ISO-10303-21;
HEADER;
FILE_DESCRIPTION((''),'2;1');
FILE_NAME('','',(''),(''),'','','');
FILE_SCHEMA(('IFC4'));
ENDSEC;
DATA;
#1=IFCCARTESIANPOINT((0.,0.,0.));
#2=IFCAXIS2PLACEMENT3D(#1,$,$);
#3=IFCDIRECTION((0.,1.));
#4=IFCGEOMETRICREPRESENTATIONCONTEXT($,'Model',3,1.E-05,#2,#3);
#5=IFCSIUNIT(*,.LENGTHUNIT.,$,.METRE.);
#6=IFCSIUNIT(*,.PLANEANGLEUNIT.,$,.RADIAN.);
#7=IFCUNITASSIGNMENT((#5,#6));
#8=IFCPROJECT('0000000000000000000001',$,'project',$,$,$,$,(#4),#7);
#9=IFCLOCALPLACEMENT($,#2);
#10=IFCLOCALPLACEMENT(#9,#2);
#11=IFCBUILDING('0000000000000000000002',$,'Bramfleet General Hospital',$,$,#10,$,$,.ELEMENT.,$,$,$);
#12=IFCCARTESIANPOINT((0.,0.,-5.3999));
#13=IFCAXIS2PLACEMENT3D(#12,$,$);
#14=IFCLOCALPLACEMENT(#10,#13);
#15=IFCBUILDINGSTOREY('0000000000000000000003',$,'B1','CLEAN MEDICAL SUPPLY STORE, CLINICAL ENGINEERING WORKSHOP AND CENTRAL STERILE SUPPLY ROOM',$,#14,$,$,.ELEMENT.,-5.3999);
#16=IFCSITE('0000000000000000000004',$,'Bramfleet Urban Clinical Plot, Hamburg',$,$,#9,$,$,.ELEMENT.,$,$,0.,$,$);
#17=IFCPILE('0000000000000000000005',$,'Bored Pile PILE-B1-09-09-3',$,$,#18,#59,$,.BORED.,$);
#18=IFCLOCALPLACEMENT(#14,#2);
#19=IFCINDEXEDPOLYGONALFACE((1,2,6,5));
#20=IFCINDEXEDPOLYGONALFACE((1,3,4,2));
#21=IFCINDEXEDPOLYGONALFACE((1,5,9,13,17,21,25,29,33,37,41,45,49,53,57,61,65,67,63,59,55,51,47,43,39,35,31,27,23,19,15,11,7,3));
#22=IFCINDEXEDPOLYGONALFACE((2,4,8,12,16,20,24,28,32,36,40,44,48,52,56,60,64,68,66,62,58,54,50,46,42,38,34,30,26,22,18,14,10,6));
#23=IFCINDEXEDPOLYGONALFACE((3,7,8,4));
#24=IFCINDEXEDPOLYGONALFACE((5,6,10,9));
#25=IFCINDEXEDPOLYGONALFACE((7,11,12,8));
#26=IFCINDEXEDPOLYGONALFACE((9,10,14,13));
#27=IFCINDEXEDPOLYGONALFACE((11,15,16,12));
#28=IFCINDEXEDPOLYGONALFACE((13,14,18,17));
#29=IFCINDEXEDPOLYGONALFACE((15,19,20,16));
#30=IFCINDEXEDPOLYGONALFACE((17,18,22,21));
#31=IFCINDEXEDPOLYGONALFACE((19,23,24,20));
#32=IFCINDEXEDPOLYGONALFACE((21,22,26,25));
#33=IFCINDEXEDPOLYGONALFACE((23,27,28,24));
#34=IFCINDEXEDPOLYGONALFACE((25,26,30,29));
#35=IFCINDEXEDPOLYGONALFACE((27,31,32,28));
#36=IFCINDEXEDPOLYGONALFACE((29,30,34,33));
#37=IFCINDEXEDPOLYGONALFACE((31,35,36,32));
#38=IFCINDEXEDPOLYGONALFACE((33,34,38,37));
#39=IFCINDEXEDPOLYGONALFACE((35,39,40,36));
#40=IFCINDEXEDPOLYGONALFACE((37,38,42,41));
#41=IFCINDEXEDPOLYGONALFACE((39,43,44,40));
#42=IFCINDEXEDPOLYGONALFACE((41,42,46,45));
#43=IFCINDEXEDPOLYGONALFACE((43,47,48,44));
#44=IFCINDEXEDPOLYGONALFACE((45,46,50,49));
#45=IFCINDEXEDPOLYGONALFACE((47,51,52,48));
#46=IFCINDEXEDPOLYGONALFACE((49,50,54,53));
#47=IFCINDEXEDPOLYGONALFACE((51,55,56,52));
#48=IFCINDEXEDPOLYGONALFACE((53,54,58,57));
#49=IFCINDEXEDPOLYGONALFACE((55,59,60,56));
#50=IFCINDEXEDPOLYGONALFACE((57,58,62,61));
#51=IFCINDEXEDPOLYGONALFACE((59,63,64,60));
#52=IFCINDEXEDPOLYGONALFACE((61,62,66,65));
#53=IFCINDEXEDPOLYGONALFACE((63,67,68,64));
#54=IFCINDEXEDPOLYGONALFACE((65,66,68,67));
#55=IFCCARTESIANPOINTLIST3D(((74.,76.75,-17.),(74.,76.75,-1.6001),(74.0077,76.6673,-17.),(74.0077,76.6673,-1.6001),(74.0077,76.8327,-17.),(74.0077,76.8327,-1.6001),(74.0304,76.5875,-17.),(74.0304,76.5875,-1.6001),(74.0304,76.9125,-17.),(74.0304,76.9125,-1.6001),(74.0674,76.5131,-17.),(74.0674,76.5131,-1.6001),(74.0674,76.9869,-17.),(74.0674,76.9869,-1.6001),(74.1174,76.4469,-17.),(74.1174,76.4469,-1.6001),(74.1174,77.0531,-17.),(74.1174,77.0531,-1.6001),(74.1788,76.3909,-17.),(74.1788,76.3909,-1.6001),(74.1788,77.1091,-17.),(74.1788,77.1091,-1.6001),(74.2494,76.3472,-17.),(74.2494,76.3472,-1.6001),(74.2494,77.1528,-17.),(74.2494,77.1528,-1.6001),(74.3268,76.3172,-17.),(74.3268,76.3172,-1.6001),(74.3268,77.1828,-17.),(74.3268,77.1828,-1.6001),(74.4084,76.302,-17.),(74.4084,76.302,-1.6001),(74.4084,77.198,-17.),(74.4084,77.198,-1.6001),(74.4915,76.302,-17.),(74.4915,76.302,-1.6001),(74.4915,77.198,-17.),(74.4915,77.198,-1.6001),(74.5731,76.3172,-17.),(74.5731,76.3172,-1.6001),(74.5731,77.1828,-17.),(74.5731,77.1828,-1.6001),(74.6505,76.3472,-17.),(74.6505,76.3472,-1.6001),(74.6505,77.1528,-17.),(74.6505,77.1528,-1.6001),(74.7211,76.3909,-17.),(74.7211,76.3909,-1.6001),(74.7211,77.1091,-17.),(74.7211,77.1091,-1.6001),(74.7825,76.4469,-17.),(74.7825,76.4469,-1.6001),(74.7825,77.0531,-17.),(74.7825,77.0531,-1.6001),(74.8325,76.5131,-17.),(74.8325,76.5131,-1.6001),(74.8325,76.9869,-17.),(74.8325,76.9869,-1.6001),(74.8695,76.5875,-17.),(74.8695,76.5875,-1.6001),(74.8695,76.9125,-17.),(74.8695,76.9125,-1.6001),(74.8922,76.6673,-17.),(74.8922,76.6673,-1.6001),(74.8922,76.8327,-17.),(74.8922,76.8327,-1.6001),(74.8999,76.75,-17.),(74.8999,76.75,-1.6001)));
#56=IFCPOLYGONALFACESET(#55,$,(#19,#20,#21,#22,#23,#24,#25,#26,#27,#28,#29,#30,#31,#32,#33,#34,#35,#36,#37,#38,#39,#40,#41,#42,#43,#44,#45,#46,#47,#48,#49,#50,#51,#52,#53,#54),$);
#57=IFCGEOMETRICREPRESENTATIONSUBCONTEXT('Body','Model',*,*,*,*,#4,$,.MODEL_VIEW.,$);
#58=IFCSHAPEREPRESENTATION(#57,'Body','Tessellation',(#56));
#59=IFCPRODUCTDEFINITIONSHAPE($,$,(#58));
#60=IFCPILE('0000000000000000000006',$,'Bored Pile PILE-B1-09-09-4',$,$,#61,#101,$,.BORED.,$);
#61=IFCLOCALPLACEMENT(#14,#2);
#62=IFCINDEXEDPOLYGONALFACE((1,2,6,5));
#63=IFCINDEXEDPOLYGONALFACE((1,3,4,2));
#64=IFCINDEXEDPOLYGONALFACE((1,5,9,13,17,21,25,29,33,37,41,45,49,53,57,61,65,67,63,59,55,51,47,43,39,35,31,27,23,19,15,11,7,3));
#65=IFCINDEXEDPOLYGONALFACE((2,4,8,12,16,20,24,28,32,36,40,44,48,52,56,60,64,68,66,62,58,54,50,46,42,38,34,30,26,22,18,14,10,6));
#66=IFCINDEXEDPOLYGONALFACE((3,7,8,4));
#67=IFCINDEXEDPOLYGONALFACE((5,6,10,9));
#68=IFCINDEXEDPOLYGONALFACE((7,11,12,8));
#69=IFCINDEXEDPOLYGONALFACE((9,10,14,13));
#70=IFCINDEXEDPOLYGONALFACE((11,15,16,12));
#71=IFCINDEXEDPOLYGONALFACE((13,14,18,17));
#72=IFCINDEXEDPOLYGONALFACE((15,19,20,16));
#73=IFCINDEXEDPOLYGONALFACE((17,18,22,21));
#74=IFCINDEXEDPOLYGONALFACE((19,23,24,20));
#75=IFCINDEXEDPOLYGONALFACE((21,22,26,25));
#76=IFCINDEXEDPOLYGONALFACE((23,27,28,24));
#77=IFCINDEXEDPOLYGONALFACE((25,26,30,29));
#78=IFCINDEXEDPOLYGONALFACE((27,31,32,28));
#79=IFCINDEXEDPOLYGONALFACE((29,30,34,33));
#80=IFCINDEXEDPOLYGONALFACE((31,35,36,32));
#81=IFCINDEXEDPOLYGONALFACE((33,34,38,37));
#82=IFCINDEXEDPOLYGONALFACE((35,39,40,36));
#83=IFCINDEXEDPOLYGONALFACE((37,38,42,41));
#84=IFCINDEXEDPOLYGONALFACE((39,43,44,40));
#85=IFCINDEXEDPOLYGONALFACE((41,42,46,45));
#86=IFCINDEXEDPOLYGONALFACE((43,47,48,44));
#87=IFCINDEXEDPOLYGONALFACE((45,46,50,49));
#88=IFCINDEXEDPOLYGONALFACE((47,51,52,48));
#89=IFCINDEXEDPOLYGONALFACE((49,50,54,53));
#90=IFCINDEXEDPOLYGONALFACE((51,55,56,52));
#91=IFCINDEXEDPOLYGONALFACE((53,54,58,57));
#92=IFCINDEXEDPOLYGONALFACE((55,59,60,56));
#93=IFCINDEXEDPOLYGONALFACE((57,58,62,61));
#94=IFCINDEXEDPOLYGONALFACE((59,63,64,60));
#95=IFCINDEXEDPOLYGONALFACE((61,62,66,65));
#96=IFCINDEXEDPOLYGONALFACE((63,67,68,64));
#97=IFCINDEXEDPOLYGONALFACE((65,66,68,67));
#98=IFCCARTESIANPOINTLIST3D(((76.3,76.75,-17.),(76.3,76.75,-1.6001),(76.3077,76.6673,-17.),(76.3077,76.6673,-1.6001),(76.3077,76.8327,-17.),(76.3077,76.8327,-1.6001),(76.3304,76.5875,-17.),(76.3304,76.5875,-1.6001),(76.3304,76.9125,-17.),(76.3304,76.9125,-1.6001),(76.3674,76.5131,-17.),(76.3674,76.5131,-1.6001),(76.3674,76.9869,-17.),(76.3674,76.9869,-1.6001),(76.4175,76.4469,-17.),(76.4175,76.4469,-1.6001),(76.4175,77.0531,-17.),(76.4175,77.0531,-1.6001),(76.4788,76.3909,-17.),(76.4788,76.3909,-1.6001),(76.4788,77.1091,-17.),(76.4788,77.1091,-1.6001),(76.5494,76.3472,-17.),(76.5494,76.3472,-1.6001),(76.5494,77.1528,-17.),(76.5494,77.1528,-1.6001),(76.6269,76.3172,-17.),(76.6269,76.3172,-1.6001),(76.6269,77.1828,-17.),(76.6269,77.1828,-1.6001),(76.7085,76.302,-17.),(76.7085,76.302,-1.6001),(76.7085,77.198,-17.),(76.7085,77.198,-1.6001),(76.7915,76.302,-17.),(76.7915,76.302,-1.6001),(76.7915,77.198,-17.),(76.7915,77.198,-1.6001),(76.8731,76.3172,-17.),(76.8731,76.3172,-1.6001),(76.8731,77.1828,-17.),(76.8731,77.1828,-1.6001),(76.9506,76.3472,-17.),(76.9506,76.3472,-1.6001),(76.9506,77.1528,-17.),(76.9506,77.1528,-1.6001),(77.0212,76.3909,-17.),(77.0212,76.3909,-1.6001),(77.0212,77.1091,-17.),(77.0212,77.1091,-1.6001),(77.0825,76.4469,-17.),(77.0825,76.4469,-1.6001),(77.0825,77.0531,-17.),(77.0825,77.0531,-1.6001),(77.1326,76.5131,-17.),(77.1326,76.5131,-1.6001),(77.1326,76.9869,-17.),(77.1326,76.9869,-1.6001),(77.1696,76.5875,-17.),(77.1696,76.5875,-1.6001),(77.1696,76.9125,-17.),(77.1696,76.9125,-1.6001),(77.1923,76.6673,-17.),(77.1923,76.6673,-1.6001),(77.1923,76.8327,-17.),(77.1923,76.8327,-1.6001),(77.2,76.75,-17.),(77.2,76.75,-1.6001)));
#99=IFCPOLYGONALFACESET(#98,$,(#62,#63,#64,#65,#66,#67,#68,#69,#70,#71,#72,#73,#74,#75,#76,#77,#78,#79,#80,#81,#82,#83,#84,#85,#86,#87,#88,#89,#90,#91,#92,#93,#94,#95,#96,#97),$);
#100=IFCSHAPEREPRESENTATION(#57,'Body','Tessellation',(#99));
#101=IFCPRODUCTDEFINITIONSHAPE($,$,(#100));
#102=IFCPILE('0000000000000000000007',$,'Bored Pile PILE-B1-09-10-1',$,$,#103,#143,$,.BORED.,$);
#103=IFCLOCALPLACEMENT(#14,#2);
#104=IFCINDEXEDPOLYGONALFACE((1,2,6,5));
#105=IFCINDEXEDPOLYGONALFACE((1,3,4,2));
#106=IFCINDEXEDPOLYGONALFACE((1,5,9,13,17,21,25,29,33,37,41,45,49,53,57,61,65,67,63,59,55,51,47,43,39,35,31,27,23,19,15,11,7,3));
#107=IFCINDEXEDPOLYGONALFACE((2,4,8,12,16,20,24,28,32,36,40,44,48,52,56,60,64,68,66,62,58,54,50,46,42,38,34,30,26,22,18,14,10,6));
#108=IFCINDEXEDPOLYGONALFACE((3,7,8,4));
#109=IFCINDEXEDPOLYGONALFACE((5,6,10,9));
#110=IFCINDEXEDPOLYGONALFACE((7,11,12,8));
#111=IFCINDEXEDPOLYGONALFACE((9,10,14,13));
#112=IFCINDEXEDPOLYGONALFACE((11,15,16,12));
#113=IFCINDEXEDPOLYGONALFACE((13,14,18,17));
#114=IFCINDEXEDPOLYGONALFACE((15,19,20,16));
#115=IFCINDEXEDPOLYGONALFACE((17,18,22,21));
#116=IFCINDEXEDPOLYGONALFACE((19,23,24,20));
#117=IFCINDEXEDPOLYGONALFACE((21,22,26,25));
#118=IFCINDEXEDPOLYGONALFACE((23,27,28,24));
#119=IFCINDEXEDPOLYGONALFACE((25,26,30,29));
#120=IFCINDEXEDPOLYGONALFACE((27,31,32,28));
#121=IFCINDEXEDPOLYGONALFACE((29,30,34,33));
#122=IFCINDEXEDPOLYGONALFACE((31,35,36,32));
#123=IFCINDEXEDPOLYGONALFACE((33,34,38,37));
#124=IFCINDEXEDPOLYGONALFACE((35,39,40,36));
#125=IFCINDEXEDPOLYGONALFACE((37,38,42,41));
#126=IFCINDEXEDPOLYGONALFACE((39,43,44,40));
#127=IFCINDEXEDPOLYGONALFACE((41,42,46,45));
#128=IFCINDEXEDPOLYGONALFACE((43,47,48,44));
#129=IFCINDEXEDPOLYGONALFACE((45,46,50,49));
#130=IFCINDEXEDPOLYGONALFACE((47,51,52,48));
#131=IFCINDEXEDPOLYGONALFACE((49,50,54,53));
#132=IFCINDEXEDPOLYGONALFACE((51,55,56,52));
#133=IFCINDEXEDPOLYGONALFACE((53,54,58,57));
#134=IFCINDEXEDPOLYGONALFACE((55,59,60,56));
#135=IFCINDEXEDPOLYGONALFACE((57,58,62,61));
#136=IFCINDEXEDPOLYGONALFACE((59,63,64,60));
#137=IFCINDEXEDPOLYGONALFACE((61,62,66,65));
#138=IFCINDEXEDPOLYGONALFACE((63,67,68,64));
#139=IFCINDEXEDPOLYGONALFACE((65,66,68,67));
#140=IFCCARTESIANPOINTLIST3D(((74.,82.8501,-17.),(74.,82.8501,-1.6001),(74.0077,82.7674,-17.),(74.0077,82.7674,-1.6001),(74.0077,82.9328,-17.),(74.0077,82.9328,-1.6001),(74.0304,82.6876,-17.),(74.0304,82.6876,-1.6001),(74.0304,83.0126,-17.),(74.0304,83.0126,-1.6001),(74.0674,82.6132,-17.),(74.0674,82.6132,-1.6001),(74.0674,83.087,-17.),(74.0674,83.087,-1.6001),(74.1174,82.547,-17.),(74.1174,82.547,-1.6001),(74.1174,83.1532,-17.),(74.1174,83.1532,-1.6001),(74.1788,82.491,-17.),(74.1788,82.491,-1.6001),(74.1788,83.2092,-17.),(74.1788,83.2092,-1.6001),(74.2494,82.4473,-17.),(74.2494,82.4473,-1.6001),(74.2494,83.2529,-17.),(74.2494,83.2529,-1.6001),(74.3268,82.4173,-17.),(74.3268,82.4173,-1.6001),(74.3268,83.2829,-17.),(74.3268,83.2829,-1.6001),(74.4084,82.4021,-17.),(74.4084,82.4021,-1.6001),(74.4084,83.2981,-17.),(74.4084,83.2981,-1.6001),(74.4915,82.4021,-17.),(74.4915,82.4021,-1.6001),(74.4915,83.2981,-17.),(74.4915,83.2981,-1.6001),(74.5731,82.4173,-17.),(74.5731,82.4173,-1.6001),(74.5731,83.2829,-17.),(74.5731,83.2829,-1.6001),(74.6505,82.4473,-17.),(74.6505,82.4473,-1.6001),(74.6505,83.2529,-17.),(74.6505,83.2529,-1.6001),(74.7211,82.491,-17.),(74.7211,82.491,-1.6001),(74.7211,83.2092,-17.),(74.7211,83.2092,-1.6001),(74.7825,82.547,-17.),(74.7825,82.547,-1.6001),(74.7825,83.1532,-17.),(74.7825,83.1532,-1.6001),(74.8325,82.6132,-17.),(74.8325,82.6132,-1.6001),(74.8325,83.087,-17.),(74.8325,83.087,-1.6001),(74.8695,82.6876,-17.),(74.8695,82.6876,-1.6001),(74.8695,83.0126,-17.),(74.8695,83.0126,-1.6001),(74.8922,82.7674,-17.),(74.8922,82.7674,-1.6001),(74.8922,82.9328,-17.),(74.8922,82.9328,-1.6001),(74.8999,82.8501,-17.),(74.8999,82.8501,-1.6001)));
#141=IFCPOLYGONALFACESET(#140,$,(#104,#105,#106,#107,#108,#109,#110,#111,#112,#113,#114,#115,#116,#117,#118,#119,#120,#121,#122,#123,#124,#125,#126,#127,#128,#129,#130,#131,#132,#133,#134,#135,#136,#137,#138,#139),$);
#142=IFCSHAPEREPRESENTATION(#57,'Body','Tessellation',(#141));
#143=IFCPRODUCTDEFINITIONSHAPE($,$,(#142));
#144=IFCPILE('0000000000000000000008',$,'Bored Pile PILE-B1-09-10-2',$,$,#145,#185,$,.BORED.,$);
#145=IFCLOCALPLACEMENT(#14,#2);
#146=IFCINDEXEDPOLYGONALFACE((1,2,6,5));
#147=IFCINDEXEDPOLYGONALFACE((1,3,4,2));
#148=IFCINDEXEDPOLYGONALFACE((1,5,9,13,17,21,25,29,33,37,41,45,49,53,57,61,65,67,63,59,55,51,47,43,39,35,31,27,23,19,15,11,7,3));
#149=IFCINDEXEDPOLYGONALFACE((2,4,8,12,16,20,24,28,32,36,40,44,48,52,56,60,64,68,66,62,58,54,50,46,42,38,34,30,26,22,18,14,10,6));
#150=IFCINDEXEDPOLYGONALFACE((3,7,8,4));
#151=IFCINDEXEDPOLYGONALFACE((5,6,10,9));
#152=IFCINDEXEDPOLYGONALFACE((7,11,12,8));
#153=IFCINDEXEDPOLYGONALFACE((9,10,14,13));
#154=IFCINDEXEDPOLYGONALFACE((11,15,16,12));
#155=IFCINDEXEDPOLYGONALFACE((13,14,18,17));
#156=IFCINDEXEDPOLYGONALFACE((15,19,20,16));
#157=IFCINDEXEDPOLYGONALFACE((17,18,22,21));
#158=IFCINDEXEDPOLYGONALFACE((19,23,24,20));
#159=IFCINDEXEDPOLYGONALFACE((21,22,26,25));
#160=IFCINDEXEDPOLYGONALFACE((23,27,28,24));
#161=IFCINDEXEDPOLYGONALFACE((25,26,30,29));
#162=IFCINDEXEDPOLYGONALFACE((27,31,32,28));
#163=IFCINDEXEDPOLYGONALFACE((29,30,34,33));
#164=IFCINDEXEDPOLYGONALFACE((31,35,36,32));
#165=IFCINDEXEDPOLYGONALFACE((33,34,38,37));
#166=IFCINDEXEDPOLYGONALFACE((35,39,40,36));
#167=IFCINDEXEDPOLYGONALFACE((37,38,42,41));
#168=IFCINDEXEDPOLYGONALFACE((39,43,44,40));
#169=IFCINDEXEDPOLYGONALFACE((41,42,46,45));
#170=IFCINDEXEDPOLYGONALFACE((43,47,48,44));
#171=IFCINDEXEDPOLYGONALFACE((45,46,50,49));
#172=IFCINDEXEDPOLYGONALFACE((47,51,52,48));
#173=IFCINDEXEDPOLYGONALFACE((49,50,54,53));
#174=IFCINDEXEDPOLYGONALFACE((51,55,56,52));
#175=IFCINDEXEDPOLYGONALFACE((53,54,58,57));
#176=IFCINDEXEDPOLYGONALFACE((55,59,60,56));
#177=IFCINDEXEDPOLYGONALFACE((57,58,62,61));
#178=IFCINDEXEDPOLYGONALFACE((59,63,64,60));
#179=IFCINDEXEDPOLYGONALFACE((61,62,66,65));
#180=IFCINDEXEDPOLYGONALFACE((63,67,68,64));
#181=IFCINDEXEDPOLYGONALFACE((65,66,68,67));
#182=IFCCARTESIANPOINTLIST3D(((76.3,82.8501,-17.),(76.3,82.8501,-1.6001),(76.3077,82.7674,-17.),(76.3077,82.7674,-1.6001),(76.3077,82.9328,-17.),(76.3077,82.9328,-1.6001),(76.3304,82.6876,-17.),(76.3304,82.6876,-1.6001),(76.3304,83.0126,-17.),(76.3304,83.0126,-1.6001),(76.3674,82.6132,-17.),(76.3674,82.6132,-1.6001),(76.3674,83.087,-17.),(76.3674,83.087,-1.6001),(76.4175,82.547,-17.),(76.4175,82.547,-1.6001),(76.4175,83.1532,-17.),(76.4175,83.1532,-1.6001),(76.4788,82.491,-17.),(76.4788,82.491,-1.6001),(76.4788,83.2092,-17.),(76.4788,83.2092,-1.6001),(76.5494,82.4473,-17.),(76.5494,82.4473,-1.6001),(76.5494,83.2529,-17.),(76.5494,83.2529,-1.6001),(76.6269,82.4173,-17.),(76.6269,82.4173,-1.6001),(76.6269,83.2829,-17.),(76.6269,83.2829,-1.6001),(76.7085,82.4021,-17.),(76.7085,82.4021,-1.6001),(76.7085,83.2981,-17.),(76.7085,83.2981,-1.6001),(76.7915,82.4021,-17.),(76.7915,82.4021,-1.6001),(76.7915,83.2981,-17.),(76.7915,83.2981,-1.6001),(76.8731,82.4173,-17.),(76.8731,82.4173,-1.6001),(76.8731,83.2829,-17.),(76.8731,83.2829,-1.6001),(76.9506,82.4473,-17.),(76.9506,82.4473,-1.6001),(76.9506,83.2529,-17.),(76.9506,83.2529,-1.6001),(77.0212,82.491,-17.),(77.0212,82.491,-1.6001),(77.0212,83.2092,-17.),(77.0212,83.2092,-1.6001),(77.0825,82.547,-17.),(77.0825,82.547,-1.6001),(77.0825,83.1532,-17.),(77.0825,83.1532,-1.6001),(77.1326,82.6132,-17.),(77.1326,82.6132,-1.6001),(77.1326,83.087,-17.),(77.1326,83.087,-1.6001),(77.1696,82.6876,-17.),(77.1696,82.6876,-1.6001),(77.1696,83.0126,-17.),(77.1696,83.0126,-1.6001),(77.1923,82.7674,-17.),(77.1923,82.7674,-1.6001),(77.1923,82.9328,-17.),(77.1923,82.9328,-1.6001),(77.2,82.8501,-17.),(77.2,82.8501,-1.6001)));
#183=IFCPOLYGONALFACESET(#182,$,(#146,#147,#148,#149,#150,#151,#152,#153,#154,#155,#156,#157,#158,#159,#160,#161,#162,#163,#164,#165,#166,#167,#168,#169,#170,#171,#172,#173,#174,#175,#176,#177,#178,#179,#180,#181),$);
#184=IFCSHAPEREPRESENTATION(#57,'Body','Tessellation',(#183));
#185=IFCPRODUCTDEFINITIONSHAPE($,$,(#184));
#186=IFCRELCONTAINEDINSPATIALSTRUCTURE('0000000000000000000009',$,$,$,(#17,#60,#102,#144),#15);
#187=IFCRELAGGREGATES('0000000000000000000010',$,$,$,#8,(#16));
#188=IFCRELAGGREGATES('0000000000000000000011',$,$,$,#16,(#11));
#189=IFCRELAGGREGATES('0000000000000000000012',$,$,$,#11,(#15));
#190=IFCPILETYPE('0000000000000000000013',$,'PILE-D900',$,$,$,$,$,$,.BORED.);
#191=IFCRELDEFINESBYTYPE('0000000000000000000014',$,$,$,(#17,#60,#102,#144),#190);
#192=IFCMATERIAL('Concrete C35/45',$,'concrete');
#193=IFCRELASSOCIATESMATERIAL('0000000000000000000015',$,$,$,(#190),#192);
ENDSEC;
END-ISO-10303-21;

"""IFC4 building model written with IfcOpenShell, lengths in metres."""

from ifc_helpers import new_model, si_unit, direction, frame, origin, origin_2d, place, context, subcontext, project, spatial, circle, extrude, material, material_profile, profile_set, type_object, element, save


model = new_model("IFC4")

# Units and contexts
model_context = context("Model", 3, precision=1e-05, world=origin(), true_north=direction((0.0, 1.0)))
body_context = subcontext(model_context, "Body", "Model", "MODEL_VIEW")
ifc_project = project(units=[si_unit("LENGTHUNIT", "METRE"), si_unit("PLANEANGLEUNIT", "RADIAN")], contexts=[model_context])

# Site, building, storey
site_placement = place(None, origin())
site = spatial("IfcSite", under=ifc_project, at=site_placement, Name="Bramfleet Urban Clinical Plot, Hamburg", CompositionType="ELEMENT", RefElevation=0.0)
building_placement = place(site_placement, origin())
building = spatial("IfcBuilding", under=site, at=building_placement, Name="Bramfleet General Hospital", CompositionType="ELEMENT")
storey_placement = place(building_placement, frame((0.0, 0.0, -5.3999)))
storey = spatial("IfcBuildingStorey", under=building, at=storey_placement, Name="B1", Description="CLEAN MEDICAL SUPPLY STORE, CLINICAL ENGINEERING WORKSHOP AND CENTRAL STERILE SUPPLY ROOM", CompositionType="ELEMENT", Elevation=-5.3999)

# Shared definitions
ifc_material_1 = material(Name="Concrete C35/45", Category="concrete")

# Piles
ifc_material_profile_1 = material_profile(ifc_material_1, circle(Radius=0.45, at=origin_2d()), Name="PILE BORED D900")
ifc_profile_set_1 = profile_set([ifc_material_profile_1], Name="Concrete C35/45")
pile_type_1 = type_object("IfcPileType", Name="PILE-D900", PredefinedType="BORED", material=ifc_profile_set_1)
for number, where, z_axis, x_axis, name in (
    (1, (74.45, 76.75, -1.6001), (0.0, 0.0, -1.0), (1.0, 0.0, 0.0), "Bored Pile PILE-B1-09-09-3"),
    (2, (76.75, 76.75, -1.6001), (0.0, 0.0, -1.0), (1.0, 0.0, 0.0), "Bored Pile PILE-B1-09-09-4"),
    (3, (74.45, 82.8501, -1.6001), (0.0, 0.0, -1.0), (1.0, 0.0, 0.0), "Bored Pile PILE-B1-09-10-1"),
    (4, (76.75, 82.8501, -1.6001), (0.0, 0.0, -1.0), (1.0, 0.0, 0.0), "Bored Pile PILE-B1-09-10-2"),
):
    element("IfcPile", number, at=place(storey_placement, frame(where, z_axis=z_axis, x_axis=x_axis)), inside=storey, type_object=pile_type_1, Name=name, PredefinedType="BORED", context=body_context, shape_type="SweptSolid", body=[
        extrude(circle(Radius=0.45, at=origin_2d()), origin(), (0.0, 0.0, 1.0), 15.3999),
    ])

save(model, "model.ifc")
